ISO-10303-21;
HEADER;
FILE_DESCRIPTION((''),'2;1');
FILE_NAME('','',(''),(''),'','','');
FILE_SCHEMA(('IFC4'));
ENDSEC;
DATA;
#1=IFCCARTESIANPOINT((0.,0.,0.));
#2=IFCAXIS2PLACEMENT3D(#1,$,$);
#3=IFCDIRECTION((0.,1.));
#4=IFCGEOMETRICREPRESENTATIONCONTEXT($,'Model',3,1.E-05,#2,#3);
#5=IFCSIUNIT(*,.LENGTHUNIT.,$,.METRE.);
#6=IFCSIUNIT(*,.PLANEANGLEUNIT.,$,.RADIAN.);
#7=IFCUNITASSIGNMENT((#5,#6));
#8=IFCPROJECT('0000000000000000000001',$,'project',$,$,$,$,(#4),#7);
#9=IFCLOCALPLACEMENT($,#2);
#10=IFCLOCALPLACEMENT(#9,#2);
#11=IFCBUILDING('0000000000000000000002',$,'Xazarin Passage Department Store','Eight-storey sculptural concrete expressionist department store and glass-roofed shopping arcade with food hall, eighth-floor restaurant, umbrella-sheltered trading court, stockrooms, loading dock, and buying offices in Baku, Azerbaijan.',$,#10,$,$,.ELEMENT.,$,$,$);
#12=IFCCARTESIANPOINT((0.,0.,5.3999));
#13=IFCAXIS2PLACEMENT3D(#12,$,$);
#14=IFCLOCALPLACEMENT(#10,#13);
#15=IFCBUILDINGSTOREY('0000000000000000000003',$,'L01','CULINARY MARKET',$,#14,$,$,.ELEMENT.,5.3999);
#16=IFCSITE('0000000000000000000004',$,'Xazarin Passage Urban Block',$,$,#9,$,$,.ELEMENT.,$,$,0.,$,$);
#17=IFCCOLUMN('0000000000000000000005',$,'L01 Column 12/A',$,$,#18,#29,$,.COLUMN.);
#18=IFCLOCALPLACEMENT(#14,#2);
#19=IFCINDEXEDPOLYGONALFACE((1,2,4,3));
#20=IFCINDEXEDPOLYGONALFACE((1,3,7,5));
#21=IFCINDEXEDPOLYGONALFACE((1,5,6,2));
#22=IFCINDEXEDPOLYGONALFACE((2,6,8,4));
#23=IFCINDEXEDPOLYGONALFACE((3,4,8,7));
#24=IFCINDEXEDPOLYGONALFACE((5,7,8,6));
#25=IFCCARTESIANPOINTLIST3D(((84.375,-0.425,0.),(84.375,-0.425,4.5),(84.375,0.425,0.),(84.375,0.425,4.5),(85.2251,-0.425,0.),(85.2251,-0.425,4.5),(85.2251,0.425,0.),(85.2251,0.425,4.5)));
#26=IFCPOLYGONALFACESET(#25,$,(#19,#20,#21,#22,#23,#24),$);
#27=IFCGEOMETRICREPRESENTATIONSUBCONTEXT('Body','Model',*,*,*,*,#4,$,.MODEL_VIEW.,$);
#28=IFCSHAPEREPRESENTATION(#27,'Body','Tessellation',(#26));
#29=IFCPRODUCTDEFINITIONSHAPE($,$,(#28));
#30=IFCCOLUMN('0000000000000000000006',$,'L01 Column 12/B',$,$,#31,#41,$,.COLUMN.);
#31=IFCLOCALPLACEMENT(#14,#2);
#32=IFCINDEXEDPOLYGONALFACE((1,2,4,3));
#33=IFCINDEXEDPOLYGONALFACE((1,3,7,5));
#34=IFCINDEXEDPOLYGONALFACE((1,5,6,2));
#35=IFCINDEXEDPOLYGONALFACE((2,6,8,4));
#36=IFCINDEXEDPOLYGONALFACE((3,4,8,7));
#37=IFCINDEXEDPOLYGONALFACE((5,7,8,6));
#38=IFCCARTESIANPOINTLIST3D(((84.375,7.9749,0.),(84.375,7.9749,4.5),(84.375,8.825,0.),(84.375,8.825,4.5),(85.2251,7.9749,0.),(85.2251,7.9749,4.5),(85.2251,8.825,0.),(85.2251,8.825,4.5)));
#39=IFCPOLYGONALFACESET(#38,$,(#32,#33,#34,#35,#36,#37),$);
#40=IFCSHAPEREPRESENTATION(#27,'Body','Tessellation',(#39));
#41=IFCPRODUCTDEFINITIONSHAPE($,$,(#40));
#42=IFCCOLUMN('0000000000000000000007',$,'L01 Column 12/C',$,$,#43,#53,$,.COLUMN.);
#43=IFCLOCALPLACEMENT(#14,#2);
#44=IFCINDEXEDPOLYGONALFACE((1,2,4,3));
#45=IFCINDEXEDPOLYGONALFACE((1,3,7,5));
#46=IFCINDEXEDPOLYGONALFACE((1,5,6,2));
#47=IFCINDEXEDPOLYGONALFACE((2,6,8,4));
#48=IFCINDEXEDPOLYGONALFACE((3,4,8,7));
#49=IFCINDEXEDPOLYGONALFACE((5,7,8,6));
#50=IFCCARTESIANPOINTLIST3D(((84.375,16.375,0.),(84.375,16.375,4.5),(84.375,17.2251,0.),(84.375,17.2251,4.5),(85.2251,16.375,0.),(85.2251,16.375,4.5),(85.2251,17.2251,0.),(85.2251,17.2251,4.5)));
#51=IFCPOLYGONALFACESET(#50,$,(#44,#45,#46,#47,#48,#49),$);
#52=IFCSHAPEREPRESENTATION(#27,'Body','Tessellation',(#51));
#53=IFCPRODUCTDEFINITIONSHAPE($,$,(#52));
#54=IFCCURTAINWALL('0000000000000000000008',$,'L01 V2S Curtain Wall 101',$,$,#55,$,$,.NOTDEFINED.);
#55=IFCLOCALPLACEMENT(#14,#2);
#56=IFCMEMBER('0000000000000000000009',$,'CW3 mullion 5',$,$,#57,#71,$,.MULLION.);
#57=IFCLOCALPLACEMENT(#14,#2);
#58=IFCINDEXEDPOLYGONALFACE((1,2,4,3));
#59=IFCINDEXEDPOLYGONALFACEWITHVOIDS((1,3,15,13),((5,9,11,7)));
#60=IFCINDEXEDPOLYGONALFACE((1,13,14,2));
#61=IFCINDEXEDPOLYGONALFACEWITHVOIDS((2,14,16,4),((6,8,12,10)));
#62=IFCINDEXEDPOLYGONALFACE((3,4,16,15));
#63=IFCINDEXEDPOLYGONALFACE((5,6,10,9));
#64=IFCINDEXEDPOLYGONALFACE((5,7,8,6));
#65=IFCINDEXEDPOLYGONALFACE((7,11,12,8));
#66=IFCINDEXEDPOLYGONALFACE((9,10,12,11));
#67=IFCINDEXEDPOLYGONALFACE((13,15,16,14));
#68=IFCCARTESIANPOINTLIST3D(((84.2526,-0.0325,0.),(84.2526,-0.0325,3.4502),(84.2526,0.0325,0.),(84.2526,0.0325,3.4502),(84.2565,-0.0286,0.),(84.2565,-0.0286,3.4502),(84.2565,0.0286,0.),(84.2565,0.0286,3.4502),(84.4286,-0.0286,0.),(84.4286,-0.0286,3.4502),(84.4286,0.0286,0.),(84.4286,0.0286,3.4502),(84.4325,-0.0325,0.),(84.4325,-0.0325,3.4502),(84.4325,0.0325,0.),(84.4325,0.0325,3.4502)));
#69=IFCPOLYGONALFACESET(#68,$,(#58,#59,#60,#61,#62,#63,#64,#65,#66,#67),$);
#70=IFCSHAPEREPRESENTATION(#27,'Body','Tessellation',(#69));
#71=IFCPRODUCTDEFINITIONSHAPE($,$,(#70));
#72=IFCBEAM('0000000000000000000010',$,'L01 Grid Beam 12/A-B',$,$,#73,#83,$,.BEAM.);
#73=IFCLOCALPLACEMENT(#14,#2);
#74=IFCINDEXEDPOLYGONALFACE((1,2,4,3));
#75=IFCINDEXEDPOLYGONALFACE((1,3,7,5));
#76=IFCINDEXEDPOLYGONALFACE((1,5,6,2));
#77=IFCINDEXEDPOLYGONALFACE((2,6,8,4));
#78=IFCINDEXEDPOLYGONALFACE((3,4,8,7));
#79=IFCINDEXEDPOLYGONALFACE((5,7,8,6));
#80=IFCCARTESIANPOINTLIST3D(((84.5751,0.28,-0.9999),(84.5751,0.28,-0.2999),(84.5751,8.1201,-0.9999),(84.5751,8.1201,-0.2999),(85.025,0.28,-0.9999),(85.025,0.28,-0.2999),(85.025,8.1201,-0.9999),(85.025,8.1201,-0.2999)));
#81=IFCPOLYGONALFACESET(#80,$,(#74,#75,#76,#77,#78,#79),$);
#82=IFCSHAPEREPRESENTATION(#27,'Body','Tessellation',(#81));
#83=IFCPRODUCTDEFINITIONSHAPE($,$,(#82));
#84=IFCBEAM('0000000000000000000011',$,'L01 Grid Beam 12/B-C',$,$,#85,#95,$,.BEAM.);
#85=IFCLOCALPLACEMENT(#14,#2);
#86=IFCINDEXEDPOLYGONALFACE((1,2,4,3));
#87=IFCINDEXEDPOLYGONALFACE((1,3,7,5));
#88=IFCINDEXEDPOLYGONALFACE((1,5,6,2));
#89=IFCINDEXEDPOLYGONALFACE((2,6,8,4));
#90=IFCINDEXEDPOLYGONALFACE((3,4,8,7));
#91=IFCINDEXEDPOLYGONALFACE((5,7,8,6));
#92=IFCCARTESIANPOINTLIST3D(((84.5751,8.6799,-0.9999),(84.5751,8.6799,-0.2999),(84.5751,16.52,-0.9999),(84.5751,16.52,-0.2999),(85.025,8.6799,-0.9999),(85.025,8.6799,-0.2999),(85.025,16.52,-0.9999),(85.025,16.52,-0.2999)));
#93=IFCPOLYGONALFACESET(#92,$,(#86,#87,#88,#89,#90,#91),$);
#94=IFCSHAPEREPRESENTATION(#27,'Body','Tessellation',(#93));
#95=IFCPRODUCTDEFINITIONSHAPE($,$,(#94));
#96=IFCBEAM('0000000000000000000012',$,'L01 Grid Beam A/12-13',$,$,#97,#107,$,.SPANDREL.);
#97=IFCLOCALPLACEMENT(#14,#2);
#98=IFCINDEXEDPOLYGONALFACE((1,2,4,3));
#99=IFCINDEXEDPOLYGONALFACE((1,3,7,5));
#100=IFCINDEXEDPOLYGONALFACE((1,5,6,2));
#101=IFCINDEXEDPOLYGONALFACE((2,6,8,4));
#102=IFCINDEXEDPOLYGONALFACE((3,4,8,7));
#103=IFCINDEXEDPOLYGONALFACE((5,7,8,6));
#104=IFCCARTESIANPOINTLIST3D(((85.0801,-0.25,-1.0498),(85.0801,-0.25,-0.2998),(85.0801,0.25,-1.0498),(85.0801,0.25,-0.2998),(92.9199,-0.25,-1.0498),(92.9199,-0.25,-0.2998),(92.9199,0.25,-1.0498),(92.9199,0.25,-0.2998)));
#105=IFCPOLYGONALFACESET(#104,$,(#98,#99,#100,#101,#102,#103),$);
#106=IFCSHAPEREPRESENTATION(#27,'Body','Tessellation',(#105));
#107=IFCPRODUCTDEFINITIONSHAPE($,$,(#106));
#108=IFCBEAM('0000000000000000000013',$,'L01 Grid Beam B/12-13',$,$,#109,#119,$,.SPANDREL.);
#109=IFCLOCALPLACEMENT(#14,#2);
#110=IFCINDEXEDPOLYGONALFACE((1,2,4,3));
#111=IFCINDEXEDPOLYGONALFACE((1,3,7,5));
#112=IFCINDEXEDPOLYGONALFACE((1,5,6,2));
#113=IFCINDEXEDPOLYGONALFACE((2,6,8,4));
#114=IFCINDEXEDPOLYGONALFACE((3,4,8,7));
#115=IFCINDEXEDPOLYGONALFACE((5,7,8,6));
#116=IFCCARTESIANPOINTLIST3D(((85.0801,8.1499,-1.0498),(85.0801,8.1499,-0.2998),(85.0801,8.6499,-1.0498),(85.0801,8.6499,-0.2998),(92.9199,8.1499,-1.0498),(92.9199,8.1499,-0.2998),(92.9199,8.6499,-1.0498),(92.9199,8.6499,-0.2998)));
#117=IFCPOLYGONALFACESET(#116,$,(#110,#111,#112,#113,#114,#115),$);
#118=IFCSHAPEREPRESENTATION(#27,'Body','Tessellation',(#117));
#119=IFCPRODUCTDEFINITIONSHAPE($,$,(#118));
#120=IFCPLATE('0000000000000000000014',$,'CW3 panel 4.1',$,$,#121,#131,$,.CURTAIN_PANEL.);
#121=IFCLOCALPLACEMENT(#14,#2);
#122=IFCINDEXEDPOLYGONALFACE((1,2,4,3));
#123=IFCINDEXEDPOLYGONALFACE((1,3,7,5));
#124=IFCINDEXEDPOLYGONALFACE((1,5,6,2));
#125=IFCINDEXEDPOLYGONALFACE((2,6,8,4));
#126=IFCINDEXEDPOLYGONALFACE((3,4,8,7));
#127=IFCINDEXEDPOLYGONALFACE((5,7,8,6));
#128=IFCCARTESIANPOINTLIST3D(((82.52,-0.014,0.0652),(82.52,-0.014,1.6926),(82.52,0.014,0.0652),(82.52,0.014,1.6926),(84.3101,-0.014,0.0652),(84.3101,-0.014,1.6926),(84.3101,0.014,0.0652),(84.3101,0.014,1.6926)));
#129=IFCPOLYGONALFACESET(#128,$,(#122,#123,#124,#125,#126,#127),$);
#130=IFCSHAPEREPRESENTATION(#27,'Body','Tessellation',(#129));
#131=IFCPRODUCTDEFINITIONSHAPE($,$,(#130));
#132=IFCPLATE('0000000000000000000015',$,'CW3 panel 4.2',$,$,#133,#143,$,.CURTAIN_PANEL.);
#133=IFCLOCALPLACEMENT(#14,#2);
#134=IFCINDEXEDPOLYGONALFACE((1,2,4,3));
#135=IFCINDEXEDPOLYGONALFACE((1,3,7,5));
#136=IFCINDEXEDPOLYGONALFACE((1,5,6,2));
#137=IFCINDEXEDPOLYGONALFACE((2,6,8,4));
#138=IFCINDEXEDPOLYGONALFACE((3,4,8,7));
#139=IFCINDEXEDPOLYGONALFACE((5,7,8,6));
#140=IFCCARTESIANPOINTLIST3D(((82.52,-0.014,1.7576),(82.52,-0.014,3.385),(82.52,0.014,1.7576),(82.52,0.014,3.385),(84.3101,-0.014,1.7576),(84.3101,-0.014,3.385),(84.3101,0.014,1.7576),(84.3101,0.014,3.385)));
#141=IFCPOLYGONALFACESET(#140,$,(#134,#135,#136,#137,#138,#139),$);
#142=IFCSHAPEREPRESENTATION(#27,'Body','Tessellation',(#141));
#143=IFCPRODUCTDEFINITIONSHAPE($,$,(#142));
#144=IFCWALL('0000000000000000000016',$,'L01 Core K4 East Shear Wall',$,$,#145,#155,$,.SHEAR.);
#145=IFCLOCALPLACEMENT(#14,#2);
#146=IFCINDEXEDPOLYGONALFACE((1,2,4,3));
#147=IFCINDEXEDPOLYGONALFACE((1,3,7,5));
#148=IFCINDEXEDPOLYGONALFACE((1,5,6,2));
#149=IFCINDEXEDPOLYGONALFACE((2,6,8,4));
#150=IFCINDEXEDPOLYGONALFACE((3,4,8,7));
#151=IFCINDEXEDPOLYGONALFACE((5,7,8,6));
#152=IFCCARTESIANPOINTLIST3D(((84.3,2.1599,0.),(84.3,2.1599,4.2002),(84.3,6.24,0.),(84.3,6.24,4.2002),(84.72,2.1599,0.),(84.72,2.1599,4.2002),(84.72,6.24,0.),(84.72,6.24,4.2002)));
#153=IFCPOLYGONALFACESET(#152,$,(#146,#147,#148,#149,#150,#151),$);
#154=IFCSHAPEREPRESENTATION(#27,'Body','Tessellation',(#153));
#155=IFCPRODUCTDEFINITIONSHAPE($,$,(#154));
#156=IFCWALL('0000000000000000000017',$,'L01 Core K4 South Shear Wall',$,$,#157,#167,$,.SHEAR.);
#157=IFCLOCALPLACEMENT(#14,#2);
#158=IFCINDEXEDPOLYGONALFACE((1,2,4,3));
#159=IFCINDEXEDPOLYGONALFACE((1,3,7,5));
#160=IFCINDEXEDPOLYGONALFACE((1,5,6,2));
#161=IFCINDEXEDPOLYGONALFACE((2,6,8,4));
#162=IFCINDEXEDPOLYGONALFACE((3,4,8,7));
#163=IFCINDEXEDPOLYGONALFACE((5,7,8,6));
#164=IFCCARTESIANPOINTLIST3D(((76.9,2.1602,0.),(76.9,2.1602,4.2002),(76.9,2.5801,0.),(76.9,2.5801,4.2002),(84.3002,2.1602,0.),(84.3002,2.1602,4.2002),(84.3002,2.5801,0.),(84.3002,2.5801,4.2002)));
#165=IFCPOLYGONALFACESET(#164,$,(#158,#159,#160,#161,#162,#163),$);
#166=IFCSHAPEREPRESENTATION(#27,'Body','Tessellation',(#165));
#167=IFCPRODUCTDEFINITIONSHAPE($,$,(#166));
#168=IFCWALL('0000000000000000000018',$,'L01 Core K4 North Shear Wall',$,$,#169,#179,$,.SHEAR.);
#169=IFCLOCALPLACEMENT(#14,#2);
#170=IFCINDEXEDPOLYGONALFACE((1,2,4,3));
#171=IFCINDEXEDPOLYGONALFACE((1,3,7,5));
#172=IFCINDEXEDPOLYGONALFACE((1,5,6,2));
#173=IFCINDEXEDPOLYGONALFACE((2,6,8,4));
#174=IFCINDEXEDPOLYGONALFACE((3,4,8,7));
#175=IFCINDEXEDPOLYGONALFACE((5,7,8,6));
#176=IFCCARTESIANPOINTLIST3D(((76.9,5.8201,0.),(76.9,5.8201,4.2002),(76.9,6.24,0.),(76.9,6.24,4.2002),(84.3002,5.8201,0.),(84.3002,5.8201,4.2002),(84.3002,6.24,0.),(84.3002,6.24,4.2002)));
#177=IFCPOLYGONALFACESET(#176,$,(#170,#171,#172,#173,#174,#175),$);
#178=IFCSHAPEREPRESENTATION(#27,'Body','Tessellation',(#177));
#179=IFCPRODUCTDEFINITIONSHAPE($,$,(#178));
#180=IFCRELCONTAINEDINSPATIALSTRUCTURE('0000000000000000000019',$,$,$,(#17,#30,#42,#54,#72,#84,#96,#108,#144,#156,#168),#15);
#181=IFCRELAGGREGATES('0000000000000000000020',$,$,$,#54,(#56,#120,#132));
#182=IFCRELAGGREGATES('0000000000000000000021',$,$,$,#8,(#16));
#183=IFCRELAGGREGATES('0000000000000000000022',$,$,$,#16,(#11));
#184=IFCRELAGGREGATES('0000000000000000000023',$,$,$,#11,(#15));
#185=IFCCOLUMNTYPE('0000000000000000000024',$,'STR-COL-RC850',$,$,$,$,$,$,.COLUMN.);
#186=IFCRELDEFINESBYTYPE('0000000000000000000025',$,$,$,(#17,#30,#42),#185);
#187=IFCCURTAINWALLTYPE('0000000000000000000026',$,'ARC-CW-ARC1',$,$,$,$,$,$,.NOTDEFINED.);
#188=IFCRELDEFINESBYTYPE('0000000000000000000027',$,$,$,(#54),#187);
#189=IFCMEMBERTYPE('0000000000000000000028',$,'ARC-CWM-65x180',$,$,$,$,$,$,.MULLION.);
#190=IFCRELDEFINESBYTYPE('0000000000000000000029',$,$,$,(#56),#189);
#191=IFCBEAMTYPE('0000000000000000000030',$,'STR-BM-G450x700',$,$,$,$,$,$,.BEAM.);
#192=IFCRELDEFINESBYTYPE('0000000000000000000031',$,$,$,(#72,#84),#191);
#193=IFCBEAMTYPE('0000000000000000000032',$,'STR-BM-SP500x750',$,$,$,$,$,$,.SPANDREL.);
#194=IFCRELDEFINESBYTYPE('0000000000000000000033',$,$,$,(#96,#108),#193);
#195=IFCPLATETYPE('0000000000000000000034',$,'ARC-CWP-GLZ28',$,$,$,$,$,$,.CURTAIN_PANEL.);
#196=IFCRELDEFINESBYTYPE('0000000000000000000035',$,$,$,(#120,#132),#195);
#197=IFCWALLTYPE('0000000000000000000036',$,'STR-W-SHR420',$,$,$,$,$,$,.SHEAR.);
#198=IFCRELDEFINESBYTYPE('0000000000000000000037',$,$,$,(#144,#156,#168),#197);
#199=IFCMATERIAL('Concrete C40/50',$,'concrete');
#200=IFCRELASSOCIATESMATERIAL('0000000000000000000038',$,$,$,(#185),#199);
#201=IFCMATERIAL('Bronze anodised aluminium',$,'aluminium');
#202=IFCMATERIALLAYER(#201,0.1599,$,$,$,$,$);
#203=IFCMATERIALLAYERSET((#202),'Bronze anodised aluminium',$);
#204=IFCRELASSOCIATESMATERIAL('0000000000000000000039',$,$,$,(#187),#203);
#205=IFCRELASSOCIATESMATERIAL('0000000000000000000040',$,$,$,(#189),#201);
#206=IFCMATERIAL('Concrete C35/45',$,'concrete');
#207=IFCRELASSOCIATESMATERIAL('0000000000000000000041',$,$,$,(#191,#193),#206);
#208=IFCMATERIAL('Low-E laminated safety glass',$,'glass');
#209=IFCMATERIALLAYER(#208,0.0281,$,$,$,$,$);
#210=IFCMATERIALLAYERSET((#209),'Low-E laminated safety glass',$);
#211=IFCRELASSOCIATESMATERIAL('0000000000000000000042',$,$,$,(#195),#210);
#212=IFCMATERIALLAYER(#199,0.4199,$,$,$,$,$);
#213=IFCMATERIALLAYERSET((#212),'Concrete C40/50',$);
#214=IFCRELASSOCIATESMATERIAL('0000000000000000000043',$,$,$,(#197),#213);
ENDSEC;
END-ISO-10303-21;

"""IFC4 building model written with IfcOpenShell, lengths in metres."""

from ifc_helpers import new_model, si_unit, direction, frame, frame_2d, origin, origin_2d, place, context, subcontext, project, spatial, rectangle, hollow_rectangle, extrude, material, layer, layer_set, material_profile, profile_set, type_object, element, aggregate, save


model = new_model("IFC4")

# Units and contexts
model_context = context("Model", 3, precision=1e-05, world=origin(), true_north=direction((0.0, 1.0)))
body_context = subcontext(model_context, "Body", "Model", "MODEL_VIEW")
ifc_project = project(units=[si_unit("LENGTHUNIT", "METRE"), si_unit("PLANEANGLEUNIT", "RADIAN")], contexts=[model_context])

# Site, building, storey
site_placement = place(None, origin())
site = spatial("IfcSite", under=ifc_project, at=site_placement, Name="Xazarin Passage Urban Block", CompositionType="ELEMENT", RefElevation=0.0)
building_placement = place(site_placement, origin())
building = spatial("IfcBuilding", under=site, at=building_placement, Name="Xazarin Passage Department Store", Description="Eight-storey sculptural concrete expressionist department store and glass-roofed shopping arcade with food hall, eighth-floor restaurant, umbrella-sheltered trading court, stockrooms, loading dock, and buying offices in Baku, Azerbaijan.", CompositionType="ELEMENT")
storey_placement = place(building_placement, frame((0.0, 0.0, 5.3999)))
storey = spatial("IfcBuildingStorey", under=building, at=storey_placement, Name="L01", Description="CULINARY MARKET", CompositionType="ELEMENT", Elevation=5.3999)

# Columns
ifc_material_1 = material(Name="Concrete C40/50", Category="concrete")
ifc_material_profile_1 = material_profile(ifc_material_1, rectangle(XDim=0.8501, YDim=0.8501, at=origin_2d()), Name="RC 850x850")
ifc_profile_set_1 = profile_set([ifc_material_profile_1], Name="Concrete C40/50")
column_type = type_object("IfcColumnType", Name="STR-COL-RC850", PredefinedType="COLUMN", material=ifc_profile_set_1)
for number, where, z_axis, x_axis, name in (
    (1, (84.8, 0.0, 0.0), (0.0, 0.0, 1.0), (1.0, 0.0, 0.0), "L01 Column 12/A"),
    (2, (84.8, 8.3999, 0.0), (0.0, 0.0, 1.0), (1.0, 0.0, 0.0), "L01 Column 12/B"),
    (3, (84.8, 16.8, 0.0), (0.0, 0.0, 1.0), (1.0, 0.0, 0.0), "L01 Column 12/C"),
):
    element("IfcColumn", number, at=place(storey_placement, frame(where, z_axis=z_axis, x_axis=x_axis)), inside=storey, type_object=column_type, Name=name, PredefinedType="COLUMN", context=body_context, shape_type="SweptSolid", body=[
        extrude(rectangle(XDim=0.8501, YDim=0.8501, at=origin_2d()), origin(), (0.0, 0.0, 1.0), 4.5),
    ])

# Curtain wall, member
ifc_material_2 = material(Name="Bronze anodised aluminium", Category="aluminium")
ifc_layer_1 = layer(ifc_material_2, 0.1599)
ifc_layer_set_1 = layer_set([ifc_layer_1], Name="Bronze anodised aluminium")
curtain_wall_type = type_object("IfcCurtainWallType", Name="ARC-CW-ARC1", PredefinedType="NOTDEFINED", material=ifc_layer_set_1)
curtain_wall_placement = place(storey_placement, origin())
curtain_wall = element("IfcCurtainWall", 4, at=curtain_wall_placement, inside=storey, type_object=curtain_wall_type, Name="L01 V2S Curtain Wall 101", PredefinedType="NOTDEFINED")
ifc_material_profile_2 = material_profile(ifc_material_2, hollow_rectangle(XDim=0.0649, YDim=0.1799, WallThickness=0.0039, at=origin_2d()), Name="ALU 65x180")
ifc_profile_set_2 = profile_set([ifc_material_profile_2], Name="Bronze anodised aluminium")
member_type = type_object("IfcMemberType", Name="ARC-CWM-65x180", PredefinedType="MULLION", material=ifc_profile_set_2)
member_placement = place(storey_placement, frame((84.3425, 0.0, 0.0), z_axis=(0.0, 0.0, 1.0), x_axis=(0.0, 1.0, 0.0)))
member = element("IfcMember", 5, at=member_placement, type_object=member_type, Name="CW3 mullion 5", PredefinedType="MULLION", context=body_context, shape_type="SweptSolid", body=[
    extrude(hollow_rectangle(XDim=0.0649, YDim=0.1799, WallThickness=0.0039, at=origin_2d()), origin(), (0.0, 0.0, 1.0), 3.4502),
])

# Beams
ifc_material_3 = material(Name="Concrete C35/45", Category="concrete")
ifc_material_profile_3 = material_profile(ifc_material_3, rectangle(XDim=0.45, YDim=0.7, at=origin_2d()), Name="RC 450x700")
ifc_profile_set_3 = profile_set([ifc_material_profile_3], Name="Concrete C35/45")
beam_type_1 = type_object("IfcBeamType", Name="STR-BM-G450x700", PredefinedType="BEAM", material=ifc_profile_set_3)
for number, where, z_axis, x_axis, name in (
    (6, (84.8, 0.28, -0.6499), (0.0, 1.0, 0.0), (-1.0, 0.0, 0.0), "L01 Grid Beam 12/A-B"),
    (7, (84.8, 8.6799, -0.6499), (0.0, 1.0, 0.0), (-1.0, 0.0, 0.0), "L01 Grid Beam 12/B-C"),
):
    element("IfcBeam", number, at=place(storey_placement, frame(where, z_axis=z_axis, x_axis=x_axis)), inside=storey, type_object=beam_type_1, Name=name, PredefinedType="BEAM", context=body_context, shape_type="SweptSolid", body=[
        extrude(rectangle(XDim=0.45, YDim=0.7, at=origin_2d()), origin(), (0.0, 0.0, 1.0), 7.8401),
    ])
ifc_material_profile_4 = material_profile(ifc_material_3, rectangle(XDim=0.5, YDim=0.75, at=origin_2d()), Name="RC 500x750")
ifc_profile_set_4 = profile_set([ifc_material_profile_4], Name="Concrete C35/45")
beam_type_2 = type_object("IfcBeamType", Name="STR-BM-SP500x750", PredefinedType="SPANDREL", material=ifc_profile_set_4)
for number, where, z_axis, x_axis, name in (
    (8, (85.0801, 0.0, -0.6748), (1.0, 0.0, 0.0), (0.0, 1.0, 0.0), "L01 Grid Beam A/12-13"),
    (9, (85.0801, 8.3999, -0.6748), (1.0, 0.0, 0.0), (0.0, 1.0, 0.0), "L01 Grid Beam B/12-13"),
):
    element("IfcBeam", number, at=place(storey_placement, frame(where, z_axis=z_axis, x_axis=x_axis)), inside=storey, type_object=beam_type_2, Name=name, PredefinedType="SPANDREL", context=body_context, shape_type="SweptSolid", body=[
        extrude(rectangle(XDim=0.5, YDim=0.75, at=origin_2d()), origin(), (0.0, 0.0, 1.0), 7.8398),
    ])

# Plates
ifc_material_4 = material(Name="Low-E laminated safety glass", Category="glass")
ifc_layer_2 = layer(ifc_material_4, 0.0281)
ifc_layer_set_2 = layer_set([ifc_layer_2], Name="Low-E laminated safety glass")
plate_type = type_object("IfcPlateType", Name="ARC-CWP-GLZ28", PredefinedType="CURTAIN_PANEL", material=ifc_layer_set_2)
plate_1_placement = place(storey_placement, frame((83.415, 0.0, 0.0652), z_axis=(0.0, 0.0, 1.0), x_axis=(1.0, 0.0, 0.0)))
plate_1 = element("IfcPlate", 10, at=plate_1_placement, type_object=plate_type, Name="CW3 panel 4.1", PredefinedType="CURTAIN_PANEL", context=body_context, shape_type="SweptSolid", body=[
    extrude(rectangle(XDim=1.79, YDim=0.0281, at=origin_2d()), origin(), (0.0, 0.0, 1.0), 1.6274),
])
plate_2_placement = place(storey_placement, frame((83.415, 0.0, 1.7576), z_axis=(0.0, 0.0, 1.0), x_axis=(1.0, 0.0, 0.0)))
plate_2 = element("IfcPlate", 11, at=plate_2_placement, type_object=plate_type, Name="CW3 panel 4.2", PredefinedType="CURTAIN_PANEL", context=body_context, shape_type="SweptSolid", body=[
    extrude(rectangle(XDim=1.79, YDim=0.0281, at=origin_2d()), origin(), (0.0, 0.0, 1.0), 1.6274),
])
aggregate(curtain_wall, [member, plate_1, plate_2])

# Walls
ifc_layer_3 = layer(ifc_material_1, 0.4199)
ifc_layer_set_3 = layer_set([ifc_layer_3], Name="Concrete C40/50")
wall_type = type_object("IfcWallType", Name="STR-W-SHR420", PredefinedType="SHEAR", material=ifc_layer_set_3)
wall_placement = place(storey_placement, frame((84.51, 2.1599, 0.0), z_axis=(0.0, 0.0, 1.0), x_axis=(0.0, 1.0, 0.0)))
element("IfcWall", 12, at=wall_placement, inside=storey, type_object=wall_type, Name="L01 Core K4 East Shear Wall", PredefinedType="SHEAR", context=body_context, shape_type="SweptSolid", body=[
    extrude(rectangle(XDim=4.0801, YDim=0.4199, at=frame_2d((2.04, 0.0))), origin(), (0.0, 0.0, 1.0), 4.2002),
])
for number, where, z_axis, x_axis, name in (
    (13, (76.8999, 2.3701, 0.0), (0.0, 0.0, 1.0), (1.0, 0.0, 0.0), "L01 Core K4 South Shear Wall"),
    (14, (76.8999, 6.03, 0.0), (0.0, 0.0, 1.0), (1.0, 0.0, 0.0), "L01 Core K4 North Shear Wall"),
):
    element("IfcWall", number, at=place(storey_placement, frame(where, z_axis=z_axis, x_axis=x_axis)), inside=storey, type_object=wall_type, Name=name, PredefinedType="SHEAR", context=body_context, shape_type="SweptSolid", body=[
        extrude(rectangle(XDim=7.4001, YDim=0.4199, at=frame_2d((3.7002, 0.0))), origin(), (0.0, 0.0, 1.0), 4.2002),
    ])

save(model, "model.ifc")
